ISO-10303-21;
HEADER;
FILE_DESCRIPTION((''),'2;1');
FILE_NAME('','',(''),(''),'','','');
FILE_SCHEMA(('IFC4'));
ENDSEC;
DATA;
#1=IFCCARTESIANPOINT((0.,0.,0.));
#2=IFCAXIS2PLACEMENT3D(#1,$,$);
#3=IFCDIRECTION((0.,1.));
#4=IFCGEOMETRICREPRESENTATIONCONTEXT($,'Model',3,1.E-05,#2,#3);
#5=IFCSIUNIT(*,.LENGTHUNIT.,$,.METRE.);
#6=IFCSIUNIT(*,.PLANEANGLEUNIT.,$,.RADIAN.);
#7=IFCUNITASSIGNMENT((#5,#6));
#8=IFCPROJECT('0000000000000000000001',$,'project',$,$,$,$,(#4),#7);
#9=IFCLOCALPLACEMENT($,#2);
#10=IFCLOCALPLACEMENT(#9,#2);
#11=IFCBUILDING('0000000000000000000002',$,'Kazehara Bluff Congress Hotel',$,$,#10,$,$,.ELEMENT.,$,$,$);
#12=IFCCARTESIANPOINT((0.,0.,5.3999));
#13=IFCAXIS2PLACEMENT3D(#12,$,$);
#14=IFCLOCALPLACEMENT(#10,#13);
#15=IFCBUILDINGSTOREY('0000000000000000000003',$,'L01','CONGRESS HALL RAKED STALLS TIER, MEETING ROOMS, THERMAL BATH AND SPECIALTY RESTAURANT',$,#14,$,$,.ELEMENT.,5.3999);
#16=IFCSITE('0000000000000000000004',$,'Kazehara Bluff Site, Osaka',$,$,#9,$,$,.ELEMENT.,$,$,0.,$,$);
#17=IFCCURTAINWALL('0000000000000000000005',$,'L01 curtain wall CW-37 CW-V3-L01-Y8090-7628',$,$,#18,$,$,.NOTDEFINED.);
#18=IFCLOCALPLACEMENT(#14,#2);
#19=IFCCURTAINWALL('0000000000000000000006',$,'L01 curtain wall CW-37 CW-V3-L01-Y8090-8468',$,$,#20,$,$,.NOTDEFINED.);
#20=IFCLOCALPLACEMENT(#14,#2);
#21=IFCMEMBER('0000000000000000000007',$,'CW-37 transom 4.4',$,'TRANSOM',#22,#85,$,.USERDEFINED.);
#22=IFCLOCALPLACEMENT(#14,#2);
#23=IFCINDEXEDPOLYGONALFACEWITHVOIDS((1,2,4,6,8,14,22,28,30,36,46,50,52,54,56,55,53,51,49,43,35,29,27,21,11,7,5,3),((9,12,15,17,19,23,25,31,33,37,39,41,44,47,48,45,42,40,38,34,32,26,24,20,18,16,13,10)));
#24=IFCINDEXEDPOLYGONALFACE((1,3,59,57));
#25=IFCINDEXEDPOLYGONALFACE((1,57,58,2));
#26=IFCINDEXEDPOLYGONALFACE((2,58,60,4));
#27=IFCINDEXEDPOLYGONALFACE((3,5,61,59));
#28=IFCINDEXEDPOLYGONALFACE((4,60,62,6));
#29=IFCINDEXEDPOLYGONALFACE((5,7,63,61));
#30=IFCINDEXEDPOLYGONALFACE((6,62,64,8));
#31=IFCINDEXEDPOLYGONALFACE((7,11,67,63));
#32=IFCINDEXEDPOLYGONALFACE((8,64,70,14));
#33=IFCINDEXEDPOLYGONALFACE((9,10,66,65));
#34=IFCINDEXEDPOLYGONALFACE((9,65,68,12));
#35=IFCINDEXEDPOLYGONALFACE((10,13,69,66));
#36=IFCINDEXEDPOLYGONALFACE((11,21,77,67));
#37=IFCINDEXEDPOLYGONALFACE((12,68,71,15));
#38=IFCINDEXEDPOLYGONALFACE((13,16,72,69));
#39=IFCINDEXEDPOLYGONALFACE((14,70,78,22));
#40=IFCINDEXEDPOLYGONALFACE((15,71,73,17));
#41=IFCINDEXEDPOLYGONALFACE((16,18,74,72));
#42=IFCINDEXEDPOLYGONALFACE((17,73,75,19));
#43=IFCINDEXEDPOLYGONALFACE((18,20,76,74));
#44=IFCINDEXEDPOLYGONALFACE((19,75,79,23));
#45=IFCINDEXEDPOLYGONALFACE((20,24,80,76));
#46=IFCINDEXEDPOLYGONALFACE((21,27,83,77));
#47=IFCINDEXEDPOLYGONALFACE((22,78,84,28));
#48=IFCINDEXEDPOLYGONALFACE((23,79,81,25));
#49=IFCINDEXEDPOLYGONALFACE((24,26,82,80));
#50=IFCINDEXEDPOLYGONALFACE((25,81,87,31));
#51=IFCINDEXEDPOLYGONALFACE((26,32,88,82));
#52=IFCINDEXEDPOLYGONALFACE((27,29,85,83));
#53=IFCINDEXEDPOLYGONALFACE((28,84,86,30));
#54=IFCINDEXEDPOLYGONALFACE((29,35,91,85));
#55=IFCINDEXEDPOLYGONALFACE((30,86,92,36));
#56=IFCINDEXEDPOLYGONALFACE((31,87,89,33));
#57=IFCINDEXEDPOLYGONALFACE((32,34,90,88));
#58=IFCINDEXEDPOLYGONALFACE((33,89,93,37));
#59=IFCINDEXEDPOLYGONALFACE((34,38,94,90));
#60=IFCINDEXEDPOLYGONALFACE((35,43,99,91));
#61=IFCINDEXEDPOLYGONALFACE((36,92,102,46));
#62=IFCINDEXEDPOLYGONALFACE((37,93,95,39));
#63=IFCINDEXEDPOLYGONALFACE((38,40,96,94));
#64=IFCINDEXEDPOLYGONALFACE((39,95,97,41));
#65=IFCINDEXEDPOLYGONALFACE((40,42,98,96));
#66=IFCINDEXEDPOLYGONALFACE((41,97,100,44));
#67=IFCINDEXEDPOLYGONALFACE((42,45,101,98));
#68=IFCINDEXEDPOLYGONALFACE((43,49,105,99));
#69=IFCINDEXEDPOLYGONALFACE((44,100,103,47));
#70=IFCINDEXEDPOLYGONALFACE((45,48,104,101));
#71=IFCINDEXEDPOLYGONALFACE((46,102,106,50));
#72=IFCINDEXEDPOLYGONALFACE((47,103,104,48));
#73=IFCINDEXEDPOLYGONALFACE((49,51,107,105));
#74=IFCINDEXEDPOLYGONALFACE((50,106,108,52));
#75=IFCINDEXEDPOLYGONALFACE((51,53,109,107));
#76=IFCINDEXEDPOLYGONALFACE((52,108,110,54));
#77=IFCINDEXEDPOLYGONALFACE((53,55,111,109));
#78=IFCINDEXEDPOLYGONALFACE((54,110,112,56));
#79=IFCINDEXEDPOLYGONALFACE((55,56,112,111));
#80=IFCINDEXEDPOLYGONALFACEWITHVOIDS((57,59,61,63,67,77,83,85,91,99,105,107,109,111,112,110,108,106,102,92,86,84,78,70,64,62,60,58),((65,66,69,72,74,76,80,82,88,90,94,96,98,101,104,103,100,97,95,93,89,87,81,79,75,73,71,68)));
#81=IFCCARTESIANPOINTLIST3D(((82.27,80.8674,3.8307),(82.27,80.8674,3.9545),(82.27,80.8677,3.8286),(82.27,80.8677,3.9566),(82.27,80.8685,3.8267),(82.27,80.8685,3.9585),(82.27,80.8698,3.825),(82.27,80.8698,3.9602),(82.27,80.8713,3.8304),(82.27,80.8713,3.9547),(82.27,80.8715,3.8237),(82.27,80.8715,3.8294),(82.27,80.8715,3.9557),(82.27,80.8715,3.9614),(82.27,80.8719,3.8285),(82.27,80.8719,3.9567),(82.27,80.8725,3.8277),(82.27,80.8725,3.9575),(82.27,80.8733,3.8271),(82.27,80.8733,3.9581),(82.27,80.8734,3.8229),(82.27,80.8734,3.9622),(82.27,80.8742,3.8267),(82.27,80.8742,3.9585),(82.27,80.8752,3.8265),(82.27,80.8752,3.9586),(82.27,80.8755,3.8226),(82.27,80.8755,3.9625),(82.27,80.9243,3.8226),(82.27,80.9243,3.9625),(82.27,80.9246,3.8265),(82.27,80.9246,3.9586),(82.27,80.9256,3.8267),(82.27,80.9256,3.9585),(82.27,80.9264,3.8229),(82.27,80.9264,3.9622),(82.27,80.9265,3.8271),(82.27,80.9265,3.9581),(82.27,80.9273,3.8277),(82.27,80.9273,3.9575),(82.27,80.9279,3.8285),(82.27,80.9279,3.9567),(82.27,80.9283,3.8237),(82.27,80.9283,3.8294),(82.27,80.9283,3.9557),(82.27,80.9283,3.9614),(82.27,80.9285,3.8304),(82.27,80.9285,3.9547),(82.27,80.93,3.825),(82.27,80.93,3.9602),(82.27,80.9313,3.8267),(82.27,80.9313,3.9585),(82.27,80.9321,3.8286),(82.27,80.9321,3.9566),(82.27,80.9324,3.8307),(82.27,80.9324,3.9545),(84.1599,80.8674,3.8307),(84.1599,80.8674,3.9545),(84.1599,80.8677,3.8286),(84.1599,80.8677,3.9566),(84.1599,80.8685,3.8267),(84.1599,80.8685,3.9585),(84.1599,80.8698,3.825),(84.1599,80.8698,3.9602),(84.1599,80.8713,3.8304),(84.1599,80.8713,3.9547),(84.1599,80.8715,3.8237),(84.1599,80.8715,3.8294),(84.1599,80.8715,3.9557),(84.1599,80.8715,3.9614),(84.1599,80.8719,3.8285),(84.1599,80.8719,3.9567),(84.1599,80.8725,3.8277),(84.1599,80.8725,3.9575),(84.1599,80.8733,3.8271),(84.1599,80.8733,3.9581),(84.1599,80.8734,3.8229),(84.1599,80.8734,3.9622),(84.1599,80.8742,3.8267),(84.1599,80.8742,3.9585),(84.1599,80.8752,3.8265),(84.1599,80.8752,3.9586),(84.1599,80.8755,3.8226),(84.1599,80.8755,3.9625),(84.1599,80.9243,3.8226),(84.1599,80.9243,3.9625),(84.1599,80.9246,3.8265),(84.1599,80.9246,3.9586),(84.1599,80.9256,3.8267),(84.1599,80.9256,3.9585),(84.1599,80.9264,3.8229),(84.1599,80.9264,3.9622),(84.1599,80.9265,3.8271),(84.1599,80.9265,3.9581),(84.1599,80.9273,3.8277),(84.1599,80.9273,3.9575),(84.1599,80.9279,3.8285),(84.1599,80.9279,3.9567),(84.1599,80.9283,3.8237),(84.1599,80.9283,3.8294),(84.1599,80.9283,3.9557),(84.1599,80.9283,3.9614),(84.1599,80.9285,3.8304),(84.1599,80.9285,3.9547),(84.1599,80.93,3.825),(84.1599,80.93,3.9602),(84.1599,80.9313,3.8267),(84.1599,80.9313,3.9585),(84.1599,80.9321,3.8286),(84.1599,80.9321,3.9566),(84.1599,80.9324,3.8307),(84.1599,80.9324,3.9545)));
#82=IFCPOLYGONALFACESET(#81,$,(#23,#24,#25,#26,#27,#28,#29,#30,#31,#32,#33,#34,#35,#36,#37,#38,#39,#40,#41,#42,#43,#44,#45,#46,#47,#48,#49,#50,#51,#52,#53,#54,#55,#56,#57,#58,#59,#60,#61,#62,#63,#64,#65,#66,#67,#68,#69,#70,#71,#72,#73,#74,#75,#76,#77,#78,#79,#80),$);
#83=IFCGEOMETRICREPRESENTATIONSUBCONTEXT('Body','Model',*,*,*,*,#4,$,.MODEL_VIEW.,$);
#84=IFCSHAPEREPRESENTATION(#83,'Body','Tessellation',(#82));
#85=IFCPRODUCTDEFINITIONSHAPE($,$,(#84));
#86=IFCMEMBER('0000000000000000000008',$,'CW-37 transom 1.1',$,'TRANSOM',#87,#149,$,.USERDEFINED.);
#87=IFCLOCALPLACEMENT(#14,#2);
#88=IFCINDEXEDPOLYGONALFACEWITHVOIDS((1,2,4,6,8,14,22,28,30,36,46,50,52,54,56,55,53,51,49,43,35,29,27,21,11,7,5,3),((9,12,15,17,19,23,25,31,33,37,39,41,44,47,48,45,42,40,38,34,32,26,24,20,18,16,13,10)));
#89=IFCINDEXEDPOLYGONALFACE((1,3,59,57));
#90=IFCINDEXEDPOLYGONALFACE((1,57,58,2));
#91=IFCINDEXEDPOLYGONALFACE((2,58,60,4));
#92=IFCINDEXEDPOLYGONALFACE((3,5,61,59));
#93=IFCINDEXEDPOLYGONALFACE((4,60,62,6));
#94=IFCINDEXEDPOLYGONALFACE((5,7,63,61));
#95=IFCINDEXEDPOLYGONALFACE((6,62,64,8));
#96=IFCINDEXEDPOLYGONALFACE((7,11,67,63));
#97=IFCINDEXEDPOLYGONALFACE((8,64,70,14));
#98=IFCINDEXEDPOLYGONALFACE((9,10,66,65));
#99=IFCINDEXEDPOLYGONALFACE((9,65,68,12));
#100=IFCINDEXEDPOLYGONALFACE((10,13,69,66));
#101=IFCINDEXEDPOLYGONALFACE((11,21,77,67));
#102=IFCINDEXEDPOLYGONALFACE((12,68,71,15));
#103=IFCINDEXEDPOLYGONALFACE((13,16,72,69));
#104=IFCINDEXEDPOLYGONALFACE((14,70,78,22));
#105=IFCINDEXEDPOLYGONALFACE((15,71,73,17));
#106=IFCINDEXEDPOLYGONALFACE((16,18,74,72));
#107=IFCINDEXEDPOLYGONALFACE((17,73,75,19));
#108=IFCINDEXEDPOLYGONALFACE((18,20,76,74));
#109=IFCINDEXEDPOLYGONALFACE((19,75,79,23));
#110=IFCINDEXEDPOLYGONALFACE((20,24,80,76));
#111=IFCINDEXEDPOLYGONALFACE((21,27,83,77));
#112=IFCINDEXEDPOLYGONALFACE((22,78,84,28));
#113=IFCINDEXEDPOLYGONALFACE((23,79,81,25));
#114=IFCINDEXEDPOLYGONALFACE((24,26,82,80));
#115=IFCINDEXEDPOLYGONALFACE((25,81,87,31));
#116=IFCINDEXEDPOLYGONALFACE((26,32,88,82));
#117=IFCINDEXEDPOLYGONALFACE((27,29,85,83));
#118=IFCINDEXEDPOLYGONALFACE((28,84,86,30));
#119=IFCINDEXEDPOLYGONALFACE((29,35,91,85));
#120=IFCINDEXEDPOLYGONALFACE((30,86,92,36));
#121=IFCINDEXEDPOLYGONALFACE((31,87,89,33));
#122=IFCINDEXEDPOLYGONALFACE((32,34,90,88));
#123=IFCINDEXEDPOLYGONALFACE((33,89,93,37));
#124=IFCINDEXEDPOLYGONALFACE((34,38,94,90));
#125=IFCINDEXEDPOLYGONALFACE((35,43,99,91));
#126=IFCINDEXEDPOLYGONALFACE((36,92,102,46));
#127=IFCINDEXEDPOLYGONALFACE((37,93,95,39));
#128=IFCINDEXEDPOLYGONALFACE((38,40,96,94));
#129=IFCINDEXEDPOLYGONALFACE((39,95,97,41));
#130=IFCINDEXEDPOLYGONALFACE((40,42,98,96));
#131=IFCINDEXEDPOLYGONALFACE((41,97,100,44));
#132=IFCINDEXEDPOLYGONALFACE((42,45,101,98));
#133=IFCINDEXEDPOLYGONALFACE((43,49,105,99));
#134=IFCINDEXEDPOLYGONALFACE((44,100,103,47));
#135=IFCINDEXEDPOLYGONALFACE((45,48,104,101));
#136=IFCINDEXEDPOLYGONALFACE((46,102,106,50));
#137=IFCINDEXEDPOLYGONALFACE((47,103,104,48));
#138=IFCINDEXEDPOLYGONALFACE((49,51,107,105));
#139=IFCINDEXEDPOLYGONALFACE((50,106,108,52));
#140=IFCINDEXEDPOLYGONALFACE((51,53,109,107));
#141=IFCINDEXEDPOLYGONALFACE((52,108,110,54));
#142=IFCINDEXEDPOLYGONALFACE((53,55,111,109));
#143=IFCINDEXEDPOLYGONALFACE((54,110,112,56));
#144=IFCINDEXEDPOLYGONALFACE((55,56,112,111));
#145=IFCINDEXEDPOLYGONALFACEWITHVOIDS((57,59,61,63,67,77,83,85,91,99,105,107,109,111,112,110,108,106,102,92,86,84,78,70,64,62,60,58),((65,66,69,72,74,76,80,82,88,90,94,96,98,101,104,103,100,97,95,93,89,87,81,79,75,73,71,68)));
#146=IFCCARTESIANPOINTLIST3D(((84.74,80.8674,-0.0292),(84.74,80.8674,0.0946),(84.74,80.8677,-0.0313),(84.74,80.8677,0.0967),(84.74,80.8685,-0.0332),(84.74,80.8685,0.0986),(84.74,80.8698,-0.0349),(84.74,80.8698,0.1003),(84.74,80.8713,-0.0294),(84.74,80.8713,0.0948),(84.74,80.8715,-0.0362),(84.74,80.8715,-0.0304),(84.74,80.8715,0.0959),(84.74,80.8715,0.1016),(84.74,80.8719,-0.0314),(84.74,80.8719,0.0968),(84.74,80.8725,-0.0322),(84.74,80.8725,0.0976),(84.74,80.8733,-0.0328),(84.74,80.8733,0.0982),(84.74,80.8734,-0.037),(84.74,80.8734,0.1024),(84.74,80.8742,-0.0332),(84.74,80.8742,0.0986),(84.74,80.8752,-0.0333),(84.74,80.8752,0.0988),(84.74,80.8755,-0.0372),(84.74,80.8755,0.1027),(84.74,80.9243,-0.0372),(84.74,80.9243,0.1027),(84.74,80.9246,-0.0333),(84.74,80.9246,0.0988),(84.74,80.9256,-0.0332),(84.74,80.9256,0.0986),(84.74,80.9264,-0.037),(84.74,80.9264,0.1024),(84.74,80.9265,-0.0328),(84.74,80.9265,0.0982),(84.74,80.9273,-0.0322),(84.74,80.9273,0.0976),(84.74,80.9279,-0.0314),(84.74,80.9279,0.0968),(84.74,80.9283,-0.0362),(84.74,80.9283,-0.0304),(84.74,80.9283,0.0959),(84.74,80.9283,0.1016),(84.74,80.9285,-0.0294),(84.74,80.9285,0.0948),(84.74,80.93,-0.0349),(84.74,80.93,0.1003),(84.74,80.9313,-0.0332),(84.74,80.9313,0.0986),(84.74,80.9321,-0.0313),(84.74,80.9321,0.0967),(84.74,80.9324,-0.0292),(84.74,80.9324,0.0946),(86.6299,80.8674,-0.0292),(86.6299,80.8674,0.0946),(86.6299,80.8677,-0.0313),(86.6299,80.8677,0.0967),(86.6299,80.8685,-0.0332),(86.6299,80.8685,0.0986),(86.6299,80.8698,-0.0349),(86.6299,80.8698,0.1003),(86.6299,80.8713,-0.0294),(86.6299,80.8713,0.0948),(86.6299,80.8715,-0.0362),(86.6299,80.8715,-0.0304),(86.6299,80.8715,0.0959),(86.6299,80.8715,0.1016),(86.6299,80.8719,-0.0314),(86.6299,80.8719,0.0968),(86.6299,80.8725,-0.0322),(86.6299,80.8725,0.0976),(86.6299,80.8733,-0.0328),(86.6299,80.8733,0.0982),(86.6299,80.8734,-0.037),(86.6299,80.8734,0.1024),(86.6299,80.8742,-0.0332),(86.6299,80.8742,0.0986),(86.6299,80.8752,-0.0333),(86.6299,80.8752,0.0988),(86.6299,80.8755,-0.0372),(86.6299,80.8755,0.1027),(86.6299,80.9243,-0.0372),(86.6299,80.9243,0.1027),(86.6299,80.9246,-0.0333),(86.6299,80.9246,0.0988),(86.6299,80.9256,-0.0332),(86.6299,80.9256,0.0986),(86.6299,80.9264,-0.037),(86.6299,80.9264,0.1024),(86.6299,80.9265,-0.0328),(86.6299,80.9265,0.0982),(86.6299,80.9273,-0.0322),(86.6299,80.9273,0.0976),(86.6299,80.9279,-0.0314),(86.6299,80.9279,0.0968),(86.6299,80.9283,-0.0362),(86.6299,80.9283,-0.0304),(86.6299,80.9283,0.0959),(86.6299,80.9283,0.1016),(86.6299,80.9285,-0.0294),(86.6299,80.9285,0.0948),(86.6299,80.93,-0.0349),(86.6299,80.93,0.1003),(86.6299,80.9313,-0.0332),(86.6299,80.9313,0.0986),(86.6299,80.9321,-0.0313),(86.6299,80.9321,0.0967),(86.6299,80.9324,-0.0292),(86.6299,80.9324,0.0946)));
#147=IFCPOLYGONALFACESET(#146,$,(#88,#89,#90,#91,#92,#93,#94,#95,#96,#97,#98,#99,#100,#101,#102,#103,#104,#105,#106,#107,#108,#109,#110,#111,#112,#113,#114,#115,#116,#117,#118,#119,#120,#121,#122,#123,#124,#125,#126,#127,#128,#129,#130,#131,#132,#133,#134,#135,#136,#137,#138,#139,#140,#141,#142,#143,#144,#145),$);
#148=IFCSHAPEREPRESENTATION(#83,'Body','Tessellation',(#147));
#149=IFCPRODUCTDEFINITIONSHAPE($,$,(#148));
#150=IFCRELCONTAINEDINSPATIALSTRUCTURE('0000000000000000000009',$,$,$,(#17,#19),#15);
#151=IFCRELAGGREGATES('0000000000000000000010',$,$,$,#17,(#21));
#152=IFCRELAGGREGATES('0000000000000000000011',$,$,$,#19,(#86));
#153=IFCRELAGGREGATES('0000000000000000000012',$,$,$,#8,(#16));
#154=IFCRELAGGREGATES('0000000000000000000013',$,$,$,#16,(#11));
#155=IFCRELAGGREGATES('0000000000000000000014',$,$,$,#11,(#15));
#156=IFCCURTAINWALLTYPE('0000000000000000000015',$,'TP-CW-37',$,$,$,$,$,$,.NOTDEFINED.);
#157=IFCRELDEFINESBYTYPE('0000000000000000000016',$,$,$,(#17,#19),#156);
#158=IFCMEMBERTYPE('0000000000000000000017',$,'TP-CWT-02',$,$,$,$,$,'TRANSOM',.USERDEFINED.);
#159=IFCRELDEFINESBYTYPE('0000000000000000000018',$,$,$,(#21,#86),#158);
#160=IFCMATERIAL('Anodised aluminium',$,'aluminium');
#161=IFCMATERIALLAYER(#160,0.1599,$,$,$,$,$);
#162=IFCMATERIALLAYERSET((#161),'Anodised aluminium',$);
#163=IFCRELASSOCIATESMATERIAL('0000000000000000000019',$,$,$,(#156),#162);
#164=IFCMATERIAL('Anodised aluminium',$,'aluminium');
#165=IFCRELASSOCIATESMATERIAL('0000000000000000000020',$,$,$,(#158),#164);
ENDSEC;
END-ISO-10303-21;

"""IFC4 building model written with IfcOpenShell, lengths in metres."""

from ifc_helpers import new_model, si_unit, direction, frame, origin, origin_2d, place, context, subcontext, project, spatial, hollow_rectangle, extrude, material, layer, layer_set, material_profile, profile_set, type_object, element, aggregate, save


model = new_model("IFC4")

# Units and contexts
model_context = context("Model", 3, precision=1e-05, world=origin(), true_north=direction((0.0, 1.0)))
body_context = subcontext(model_context, "Body", "Model", "MODEL_VIEW")
ifc_project = project(units=[si_unit("LENGTHUNIT", "METRE"), si_unit("PLANEANGLEUNIT", "RADIAN")], contexts=[model_context])

# Site, building, storey
site_placement = place(None, origin())
site = spatial("IfcSite", under=ifc_project, at=site_placement, Name="Kazehara Bluff Site, Osaka", CompositionType="ELEMENT", RefElevation=0.0)
building_placement = place(site_placement, origin())
building = spatial("IfcBuilding", under=site, at=building_placement, Name="Kazehara Bluff Congress Hotel", CompositionType="ELEMENT")
storey_placement = place(building_placement, frame((0.0, 0.0, 5.3999)))
storey = spatial("IfcBuildingStorey", under=building, at=storey_placement, Name="L01", Description="CONGRESS HALL RAKED STALLS TIER, MEETING ROOMS, THERMAL BATH AND SPECIALTY RESTAURANT", CompositionType="ELEMENT", Elevation=5.3999)

# Curtain walls
ifc_material_1 = material(Name="Anodised aluminium", Category="aluminium")
ifc_layer_1 = layer(ifc_material_1, 0.1599)
ifc_layer_set_1 = layer_set([ifc_layer_1], Name="Anodised aluminium")
curtain_wall_type_1 = type_object("IfcCurtainWallType", Name="TP-CW-37", PredefinedType="NOTDEFINED", material=ifc_layer_set_1)
curtain_wall_1_placement = place(storey_placement, origin())
curtain_wall_1 = element("IfcCurtainWall", 1, at=curtain_wall_1_placement, inside=storey, type_object=curtain_wall_type_1, Name="L01 curtain wall CW-37 CW-V3-L01-Y8090-7628", PredefinedType="NOTDEFINED")
curtain_wall_2_placement = place(storey_placement, origin())
curtain_wall_2 = element("IfcCurtainWall", 2, at=curtain_wall_2_placement, inside=storey, type_object=curtain_wall_type_1, Name="L01 curtain wall CW-37 CW-V3-L01-Y8090-8468", PredefinedType="NOTDEFINED")

# Members
ifc_material_2 = material(Name="Anodised aluminium", Category="aluminium")
ifc_material_profile_1 = material_profile(ifc_material_2, hollow_rectangle(XDim=0.0649, YDim=0.1399, WallThickness=0.0039, InnerFilletRadius=0.0039, OuterFilletRadius=0.0081, at=origin_2d()))
ifc_profile_set_1 = profile_set([ifc_material_profile_1], Name="Anodised aluminium")
member_type_1 = type_object("IfcMemberType", Name="TP-CWT-02", ElementType="TRANSOM", PredefinedType="USERDEFINED", material=ifc_profile_set_1)
member_1_placement = place(storey_placement, frame((82.27, 80.8999, 3.8926), z_axis=(1.0, 0.0, 0.0), x_axis=(0.0, 1.0, 0.0)))
member_1 = element("IfcMember", 3, at=member_1_placement, type_object=member_type_1, Name="CW-37 transom 4.4", ObjectType="TRANSOM", PredefinedType="USERDEFINED", context=body_context, shape_type="SweptSolid", body=[
    extrude(hollow_rectangle(XDim=0.0649, YDim=0.1399, WallThickness=0.0039, InnerFilletRadius=0.0039, OuterFilletRadius=0.0081, at=origin_2d()), origin(), (0.0, 0.0, 1.0), 1.8899),
])
member_2_placement = place(storey_placement, frame((84.74, 80.8999, 0.0327), z_axis=(1.0, 0.0, 0.0), x_axis=(0.0, 1.0, 0.0)))
member_2 = element("IfcMember", 4, at=member_2_placement, type_object=member_type_1, Name="CW-37 transom 1.1", ObjectType="TRANSOM", PredefinedType="USERDEFINED", context=body_context, shape_type="SweptSolid", body=[
    extrude(hollow_rectangle(XDim=0.0649, YDim=0.1399, WallThickness=0.0039, InnerFilletRadius=0.0039, OuterFilletRadius=0.0081, at=origin_2d()), origin(), (0.0, 0.0, 1.0), 1.8899),
])

aggregate(curtain_wall_1, [member_1])
aggregate(curtain_wall_2, [member_2])

save(model, "model.ifc")
